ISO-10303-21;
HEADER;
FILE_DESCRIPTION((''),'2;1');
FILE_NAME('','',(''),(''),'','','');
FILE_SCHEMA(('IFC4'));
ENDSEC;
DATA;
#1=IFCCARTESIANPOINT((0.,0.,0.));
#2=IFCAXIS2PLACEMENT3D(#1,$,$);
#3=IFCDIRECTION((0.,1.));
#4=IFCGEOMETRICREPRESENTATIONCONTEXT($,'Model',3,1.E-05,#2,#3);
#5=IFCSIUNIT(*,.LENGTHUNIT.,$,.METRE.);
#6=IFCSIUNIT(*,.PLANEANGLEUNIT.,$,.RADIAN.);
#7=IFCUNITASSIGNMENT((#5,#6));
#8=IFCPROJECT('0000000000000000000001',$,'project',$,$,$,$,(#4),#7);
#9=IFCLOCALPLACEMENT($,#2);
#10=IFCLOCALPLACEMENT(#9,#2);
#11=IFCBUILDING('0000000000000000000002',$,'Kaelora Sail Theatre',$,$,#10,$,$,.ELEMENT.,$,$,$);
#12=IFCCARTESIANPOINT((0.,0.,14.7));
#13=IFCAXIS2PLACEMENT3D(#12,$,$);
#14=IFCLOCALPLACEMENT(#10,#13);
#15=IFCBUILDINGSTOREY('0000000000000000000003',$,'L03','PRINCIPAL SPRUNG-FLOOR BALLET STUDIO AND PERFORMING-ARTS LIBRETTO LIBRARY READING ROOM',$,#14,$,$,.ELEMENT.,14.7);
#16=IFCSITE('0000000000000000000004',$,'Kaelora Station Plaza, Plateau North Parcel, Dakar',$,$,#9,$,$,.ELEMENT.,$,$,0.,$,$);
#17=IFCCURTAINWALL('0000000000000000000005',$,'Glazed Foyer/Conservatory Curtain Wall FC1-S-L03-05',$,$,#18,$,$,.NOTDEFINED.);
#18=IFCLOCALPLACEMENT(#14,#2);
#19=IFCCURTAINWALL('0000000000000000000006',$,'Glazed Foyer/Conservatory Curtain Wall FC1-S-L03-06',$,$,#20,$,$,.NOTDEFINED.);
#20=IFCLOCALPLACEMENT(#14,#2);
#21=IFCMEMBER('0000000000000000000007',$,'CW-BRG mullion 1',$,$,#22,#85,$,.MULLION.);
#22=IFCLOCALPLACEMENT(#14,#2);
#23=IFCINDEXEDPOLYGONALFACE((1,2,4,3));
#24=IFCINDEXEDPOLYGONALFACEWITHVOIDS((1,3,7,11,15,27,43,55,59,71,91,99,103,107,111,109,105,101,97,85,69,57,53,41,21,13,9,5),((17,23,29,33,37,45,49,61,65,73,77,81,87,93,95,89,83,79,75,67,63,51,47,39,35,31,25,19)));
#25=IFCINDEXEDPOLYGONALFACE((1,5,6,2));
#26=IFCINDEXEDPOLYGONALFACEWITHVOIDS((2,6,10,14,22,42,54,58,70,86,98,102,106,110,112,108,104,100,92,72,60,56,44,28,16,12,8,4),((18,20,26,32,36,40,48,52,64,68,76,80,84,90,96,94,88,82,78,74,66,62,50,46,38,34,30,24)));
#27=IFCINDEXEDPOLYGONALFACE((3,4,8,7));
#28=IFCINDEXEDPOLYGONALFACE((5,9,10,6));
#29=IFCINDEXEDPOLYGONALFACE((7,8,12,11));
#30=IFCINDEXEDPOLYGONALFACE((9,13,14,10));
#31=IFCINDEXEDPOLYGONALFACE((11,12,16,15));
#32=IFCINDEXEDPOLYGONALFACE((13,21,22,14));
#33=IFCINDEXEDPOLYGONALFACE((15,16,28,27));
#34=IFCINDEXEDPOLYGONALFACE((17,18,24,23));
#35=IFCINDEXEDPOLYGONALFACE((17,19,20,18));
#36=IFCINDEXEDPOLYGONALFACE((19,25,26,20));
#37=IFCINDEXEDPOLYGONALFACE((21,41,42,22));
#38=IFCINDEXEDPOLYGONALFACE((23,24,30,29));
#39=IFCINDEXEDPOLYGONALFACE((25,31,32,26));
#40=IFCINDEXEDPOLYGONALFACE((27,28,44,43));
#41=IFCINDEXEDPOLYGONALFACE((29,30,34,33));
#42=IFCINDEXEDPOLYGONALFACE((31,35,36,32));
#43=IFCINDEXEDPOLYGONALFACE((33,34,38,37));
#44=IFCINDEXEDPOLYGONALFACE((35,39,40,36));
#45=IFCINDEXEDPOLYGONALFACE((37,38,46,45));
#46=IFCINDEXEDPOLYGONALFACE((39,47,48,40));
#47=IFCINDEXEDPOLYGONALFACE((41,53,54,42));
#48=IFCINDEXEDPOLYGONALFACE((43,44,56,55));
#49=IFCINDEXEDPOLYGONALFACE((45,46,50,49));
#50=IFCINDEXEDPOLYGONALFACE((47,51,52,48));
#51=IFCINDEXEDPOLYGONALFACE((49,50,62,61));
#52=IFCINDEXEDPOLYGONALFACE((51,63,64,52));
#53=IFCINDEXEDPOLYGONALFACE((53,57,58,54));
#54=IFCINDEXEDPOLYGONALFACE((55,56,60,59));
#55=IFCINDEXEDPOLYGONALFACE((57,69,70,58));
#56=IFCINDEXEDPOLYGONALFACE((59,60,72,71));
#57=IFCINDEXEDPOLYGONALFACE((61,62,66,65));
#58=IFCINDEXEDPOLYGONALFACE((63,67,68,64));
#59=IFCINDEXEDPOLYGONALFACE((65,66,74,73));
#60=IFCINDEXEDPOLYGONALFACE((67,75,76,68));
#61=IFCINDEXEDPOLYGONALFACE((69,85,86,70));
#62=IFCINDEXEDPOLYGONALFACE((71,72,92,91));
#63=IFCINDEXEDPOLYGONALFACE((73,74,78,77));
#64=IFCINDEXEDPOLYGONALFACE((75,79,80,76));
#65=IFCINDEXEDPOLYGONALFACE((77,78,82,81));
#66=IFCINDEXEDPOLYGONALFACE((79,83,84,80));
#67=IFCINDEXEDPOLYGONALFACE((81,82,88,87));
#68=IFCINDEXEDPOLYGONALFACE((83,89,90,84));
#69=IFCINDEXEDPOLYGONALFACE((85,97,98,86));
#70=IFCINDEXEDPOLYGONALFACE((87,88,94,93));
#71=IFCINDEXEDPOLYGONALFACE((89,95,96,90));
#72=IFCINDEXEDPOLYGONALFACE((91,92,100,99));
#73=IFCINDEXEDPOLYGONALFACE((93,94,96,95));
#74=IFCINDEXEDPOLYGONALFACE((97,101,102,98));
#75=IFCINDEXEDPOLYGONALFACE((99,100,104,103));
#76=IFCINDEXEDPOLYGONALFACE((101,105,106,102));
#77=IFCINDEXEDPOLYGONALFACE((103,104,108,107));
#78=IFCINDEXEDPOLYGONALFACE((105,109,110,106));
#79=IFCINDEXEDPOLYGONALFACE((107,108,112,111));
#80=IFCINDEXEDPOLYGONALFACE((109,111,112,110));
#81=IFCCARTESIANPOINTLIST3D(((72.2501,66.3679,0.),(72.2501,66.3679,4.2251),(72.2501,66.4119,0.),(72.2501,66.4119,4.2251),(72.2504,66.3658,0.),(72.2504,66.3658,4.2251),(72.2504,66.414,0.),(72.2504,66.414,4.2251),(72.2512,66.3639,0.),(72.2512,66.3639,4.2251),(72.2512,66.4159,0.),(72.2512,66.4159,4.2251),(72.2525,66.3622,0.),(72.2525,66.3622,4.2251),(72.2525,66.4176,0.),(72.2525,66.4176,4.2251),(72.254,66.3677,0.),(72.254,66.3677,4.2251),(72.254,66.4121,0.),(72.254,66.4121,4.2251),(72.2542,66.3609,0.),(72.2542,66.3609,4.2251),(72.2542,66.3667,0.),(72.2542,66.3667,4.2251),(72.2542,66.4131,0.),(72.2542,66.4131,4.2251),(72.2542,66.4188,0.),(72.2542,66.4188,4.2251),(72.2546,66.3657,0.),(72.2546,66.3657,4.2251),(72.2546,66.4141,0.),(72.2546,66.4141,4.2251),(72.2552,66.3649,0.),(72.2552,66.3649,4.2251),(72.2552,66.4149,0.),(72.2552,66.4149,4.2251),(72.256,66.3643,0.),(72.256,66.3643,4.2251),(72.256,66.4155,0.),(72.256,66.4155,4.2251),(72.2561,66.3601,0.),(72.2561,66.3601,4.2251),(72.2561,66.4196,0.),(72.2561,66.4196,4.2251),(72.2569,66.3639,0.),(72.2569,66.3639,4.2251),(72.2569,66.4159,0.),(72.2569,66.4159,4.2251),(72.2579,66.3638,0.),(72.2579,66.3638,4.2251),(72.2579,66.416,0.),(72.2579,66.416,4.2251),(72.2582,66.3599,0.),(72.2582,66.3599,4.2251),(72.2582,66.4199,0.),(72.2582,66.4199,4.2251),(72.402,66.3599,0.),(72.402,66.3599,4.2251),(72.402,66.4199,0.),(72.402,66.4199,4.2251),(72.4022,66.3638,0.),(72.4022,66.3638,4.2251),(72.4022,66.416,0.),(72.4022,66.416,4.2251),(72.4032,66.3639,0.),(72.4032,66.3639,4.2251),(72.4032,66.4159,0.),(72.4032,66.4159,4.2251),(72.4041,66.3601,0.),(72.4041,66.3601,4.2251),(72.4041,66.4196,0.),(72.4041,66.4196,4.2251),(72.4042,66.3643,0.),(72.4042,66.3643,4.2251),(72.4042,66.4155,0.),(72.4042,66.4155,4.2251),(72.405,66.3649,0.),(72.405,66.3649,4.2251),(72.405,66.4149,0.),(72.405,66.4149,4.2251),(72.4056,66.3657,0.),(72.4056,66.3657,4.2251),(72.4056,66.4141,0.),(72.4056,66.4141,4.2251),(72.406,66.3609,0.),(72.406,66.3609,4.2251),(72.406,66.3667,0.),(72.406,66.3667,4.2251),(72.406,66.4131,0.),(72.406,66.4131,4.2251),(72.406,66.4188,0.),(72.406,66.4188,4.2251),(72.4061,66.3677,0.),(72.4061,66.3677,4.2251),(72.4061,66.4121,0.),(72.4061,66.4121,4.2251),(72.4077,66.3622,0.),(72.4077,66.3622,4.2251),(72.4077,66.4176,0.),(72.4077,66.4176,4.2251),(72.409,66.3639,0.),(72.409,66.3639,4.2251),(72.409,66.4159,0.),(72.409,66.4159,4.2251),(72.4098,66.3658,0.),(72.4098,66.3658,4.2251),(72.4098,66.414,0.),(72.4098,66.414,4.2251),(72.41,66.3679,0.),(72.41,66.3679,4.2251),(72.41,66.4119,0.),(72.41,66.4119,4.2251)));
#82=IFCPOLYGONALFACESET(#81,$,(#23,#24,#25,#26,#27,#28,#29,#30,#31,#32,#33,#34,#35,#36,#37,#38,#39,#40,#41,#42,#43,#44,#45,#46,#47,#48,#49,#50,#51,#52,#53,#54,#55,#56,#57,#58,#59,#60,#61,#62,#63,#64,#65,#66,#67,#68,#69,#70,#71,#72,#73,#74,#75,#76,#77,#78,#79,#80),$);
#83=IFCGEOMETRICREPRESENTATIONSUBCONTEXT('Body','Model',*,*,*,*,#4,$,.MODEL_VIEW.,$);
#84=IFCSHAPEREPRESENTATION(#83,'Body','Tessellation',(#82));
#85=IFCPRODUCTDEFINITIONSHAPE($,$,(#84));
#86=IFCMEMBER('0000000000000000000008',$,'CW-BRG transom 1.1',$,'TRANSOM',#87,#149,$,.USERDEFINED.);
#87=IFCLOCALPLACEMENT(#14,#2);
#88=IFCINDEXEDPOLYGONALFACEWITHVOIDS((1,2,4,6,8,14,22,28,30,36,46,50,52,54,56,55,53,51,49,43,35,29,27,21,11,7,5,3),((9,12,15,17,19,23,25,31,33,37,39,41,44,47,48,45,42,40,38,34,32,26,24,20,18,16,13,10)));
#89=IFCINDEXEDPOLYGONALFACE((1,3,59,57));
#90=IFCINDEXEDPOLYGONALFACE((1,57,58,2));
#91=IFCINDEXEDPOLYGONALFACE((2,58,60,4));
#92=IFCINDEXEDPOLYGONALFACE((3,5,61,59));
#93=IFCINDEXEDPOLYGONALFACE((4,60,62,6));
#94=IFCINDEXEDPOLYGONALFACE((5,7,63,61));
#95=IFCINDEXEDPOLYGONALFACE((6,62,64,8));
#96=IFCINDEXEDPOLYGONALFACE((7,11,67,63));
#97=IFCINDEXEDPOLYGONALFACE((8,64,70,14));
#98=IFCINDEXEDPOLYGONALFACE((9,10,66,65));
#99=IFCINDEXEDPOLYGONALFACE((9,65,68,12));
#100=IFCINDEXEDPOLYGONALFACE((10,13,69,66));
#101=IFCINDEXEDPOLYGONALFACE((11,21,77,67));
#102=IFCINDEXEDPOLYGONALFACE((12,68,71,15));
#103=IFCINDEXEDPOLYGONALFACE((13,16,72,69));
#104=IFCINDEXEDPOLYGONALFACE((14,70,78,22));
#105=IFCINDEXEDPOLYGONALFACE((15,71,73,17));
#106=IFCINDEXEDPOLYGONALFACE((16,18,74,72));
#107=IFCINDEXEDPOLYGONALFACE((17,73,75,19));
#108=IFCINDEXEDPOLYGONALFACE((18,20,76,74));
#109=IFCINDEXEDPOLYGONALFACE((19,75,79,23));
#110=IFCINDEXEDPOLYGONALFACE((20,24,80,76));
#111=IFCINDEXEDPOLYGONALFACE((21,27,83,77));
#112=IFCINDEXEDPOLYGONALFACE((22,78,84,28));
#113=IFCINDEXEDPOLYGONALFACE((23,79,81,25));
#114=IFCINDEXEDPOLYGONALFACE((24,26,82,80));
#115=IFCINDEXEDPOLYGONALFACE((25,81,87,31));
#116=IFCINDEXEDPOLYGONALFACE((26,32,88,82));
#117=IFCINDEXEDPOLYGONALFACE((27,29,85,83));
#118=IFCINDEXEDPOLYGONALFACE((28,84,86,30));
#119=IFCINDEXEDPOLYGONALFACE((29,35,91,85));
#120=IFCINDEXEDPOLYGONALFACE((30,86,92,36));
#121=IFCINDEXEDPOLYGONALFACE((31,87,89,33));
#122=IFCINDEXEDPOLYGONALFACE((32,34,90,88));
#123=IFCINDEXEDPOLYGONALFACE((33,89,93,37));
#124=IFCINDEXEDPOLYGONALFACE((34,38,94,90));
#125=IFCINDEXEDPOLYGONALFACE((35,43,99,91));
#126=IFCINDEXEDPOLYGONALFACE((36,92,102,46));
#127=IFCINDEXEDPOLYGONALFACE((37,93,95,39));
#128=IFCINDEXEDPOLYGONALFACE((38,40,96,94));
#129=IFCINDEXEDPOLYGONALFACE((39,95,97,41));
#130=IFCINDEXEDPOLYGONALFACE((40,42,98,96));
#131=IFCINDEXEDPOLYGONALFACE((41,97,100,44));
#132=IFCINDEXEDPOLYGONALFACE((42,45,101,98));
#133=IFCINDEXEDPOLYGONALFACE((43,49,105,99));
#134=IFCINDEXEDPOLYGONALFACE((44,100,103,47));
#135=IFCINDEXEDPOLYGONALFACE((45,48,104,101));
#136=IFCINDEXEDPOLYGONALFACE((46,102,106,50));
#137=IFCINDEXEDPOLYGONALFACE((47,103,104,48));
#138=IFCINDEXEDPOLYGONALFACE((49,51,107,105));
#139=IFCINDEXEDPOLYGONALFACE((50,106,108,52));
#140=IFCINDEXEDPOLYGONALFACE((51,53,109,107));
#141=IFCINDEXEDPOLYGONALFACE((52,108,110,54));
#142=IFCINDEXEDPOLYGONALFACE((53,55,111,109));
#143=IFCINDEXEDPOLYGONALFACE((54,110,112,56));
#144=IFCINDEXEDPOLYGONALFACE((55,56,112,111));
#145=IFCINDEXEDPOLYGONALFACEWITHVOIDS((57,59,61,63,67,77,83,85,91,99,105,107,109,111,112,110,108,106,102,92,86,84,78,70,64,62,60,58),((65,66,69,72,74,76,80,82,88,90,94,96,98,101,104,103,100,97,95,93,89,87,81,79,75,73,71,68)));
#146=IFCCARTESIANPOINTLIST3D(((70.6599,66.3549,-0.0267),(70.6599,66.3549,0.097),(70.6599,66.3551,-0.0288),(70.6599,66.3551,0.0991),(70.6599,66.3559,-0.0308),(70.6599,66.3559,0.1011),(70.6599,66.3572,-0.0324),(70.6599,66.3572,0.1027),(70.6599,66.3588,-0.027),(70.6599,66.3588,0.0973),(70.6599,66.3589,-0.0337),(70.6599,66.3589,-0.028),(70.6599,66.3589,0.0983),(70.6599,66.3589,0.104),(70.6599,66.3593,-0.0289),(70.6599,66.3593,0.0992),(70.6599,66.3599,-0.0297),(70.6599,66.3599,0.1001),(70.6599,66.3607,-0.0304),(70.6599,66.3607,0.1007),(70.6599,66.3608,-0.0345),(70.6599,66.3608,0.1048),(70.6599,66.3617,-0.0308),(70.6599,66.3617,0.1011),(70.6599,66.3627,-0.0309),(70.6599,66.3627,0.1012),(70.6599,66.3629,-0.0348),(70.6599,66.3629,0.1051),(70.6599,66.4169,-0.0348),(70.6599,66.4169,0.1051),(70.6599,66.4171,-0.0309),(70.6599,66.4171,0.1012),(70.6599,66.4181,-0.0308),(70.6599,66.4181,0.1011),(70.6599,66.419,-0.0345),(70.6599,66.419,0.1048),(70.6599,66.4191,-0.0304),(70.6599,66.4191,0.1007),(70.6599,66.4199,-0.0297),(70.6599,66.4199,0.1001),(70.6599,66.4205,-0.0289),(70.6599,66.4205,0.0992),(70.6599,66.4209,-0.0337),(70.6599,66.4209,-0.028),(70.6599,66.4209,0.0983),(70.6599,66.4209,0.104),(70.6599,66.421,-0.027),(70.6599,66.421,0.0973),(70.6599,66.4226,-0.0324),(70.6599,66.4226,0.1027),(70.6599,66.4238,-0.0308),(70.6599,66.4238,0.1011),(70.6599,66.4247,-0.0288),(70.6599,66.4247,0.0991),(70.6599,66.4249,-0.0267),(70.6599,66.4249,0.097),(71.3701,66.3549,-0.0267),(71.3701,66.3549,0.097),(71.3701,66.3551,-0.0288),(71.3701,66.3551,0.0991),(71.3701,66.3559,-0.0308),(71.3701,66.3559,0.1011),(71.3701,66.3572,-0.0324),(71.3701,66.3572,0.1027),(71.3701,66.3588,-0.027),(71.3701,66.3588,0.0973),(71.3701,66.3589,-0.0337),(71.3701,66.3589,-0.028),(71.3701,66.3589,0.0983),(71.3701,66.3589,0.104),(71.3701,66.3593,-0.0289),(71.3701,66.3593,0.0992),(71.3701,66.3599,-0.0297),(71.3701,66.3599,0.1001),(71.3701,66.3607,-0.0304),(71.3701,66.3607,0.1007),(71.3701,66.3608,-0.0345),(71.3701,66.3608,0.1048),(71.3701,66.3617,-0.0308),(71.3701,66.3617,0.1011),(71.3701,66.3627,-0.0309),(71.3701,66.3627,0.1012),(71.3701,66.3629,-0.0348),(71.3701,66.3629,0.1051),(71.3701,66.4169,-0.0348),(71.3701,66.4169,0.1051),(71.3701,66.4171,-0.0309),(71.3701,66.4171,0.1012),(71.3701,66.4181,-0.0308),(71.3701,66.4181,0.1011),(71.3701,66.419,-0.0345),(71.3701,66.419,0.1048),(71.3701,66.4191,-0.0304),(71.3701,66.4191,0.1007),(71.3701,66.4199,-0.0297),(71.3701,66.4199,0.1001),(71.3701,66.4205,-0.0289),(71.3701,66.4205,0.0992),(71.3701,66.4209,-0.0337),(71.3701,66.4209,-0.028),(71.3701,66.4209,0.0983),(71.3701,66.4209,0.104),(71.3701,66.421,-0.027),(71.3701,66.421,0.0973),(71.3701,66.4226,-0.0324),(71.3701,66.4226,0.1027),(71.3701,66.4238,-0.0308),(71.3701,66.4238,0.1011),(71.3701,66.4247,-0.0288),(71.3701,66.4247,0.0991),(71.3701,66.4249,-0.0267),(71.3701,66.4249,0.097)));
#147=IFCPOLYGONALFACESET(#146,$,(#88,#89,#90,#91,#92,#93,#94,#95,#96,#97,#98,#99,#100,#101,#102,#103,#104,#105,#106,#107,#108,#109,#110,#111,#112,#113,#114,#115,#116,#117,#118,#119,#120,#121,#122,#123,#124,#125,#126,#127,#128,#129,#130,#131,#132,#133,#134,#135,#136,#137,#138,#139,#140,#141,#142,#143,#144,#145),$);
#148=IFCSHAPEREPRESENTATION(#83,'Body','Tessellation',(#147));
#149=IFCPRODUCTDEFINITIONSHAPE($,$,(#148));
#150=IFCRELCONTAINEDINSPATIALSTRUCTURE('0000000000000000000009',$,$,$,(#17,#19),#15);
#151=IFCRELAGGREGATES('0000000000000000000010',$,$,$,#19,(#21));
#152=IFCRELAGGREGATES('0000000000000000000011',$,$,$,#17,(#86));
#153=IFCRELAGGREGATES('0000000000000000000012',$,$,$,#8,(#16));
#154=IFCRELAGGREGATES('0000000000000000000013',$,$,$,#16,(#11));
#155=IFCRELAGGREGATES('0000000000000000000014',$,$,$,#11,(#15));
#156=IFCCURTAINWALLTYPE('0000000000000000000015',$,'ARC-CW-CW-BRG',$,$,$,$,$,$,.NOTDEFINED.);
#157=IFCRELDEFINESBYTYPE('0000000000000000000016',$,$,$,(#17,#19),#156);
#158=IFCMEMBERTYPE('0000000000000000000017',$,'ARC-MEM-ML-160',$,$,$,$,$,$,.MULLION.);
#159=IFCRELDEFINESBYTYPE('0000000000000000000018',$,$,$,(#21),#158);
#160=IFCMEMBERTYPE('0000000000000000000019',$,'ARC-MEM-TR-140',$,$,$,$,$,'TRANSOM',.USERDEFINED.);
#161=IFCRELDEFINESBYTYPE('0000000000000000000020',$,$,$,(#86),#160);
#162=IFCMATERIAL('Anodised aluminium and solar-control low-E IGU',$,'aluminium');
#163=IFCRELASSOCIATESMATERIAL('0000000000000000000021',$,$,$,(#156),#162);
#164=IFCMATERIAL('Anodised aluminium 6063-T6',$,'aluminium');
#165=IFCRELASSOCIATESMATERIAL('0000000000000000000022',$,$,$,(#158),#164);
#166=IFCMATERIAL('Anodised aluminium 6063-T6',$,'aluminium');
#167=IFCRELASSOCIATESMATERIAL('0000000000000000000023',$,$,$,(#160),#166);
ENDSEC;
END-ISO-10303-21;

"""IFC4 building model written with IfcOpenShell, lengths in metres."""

from ifc_helpers import new_model, si_unit, direction, frame, origin, origin_2d, place, context, subcontext, project, spatial, hollow_rectangle, extrude, material, material_profile, profile_set, type_object, element, aggregate, save


model = new_model("IFC4")

# Units and contexts
model_context = context("Model", 3, precision=1e-05, world=origin(), true_north=direction((0.0, 1.0)))
body_context = subcontext(model_context, "Body", "Model", "MODEL_VIEW")
ifc_project = project(units=[si_unit("LENGTHUNIT", "METRE"), si_unit("PLANEANGLEUNIT", "RADIAN")], contexts=[model_context])

# Site, building, storey
site_placement = place(None, origin())
site = spatial("IfcSite", under=ifc_project, at=site_placement, Name="Kaelora Station Plaza, Plateau North Parcel, Dakar", CompositionType="ELEMENT", RefElevation=0.0)
building_placement = place(site_placement, origin())
building = spatial("IfcBuilding", under=site, at=building_placement, Name="Kaelora Sail Theatre", CompositionType="ELEMENT")
storey_placement = place(building_placement, frame((0.0, 0.0, 14.7)))
storey = spatial("IfcBuildingStorey", under=building, at=storey_placement, Name="L03", Description="PRINCIPAL SPRUNG-FLOOR BALLET STUDIO AND PERFORMING-ARTS LIBRETTO LIBRARY READING ROOM", CompositionType="ELEMENT", Elevation=14.7)

# Curtain wall
ifc_material_1 = material(Name="Anodised aluminium and solar-control low-E IGU", Category="aluminium")
curtain_wall_type = type_object("IfcCurtainWallType", Name="ARC-CW-CW-BRG", PredefinedType="NOTDEFINED", material=ifc_material_1)
curtain_wall_1_placement = place(storey_placement, origin())
curtain_wall_1 = element("IfcCurtainWall", 1, at=curtain_wall_1_placement, inside=storey, type_object=curtain_wall_type, Name="Glazed Foyer/Conservatory Curtain Wall FC1-S-L03-05", PredefinedType="NOTDEFINED")
ifc_material_2 = material(Name="Anodised aluminium 6063-T6", Category="aluminium")
ifc_material_profile_1 = material_profile(ifc_material_2, hollow_rectangle(XDim=0.0601, YDim=0.1599, WallThickness=0.0039, InnerFilletRadius=0.0039, OuterFilletRadius=0.0081, at=origin_2d()), Name="ALU-MULL 60x160x4")
ifc_profile_set_1 = profile_set([ifc_material_profile_1], Name="Anodised aluminium 6063-T6")
member_type_1 = type_object("IfcMemberType", Name="ARC-MEM-ML-160", PredefinedType="MULLION", material=ifc_profile_set_1)

# Curtain wall, member
curtain_wall_2_placement = place(storey_placement, origin())
curtain_wall_2 = element("IfcCurtainWall", 2, at=curtain_wall_2_placement, inside=storey, type_object=curtain_wall_type, Name="Glazed Foyer/Conservatory Curtain Wall FC1-S-L03-06", PredefinedType="NOTDEFINED")
member_1_placement = place(storey_placement, frame((72.3301, 66.3899, 0.0), z_axis=(0.0, 0.0, 1.0), x_axis=(0.0, 1.0, 0.0)))
member_1 = element("IfcMember", 3, at=member_1_placement, type_object=member_type_1, Name="CW-BRG mullion 1", PredefinedType="MULLION", context=body_context, shape_type="SweptSolid", body=[
    extrude(hollow_rectangle(XDim=0.0601, YDim=0.1599, WallThickness=0.0039, InnerFilletRadius=0.0039, OuterFilletRadius=0.0081, at=origin_2d()), origin(), (0.0, 0.0, 1.0), 4.2251),
])

# Member
ifc_material_3 = material(Name="Anodised aluminium 6063-T6", Category="aluminium")
ifc_material_profile_2 = material_profile(ifc_material_3, hollow_rectangle(XDim=0.0701, YDim=0.1399, WallThickness=0.0039, InnerFilletRadius=0.0039, OuterFilletRadius=0.0081, at=origin_2d()), Name="ALU-TRAN 70x140x4")
ifc_profile_set_2 = profile_set([ifc_material_profile_2], Name="Anodised aluminium 6063-T6")
member_type_2 = type_object("IfcMemberType", Name="ARC-MEM-TR-140", ElementType="TRANSOM", PredefinedType="USERDEFINED", material=ifc_profile_set_2)
member_2_placement = place(storey_placement, frame((70.6599, 66.3899, 0.0352), z_axis=(1.0, 0.0, 0.0), x_axis=(0.0, 1.0, 0.0)))
member_2 = element("IfcMember", 4, at=member_2_placement, type_object=member_type_2, Name="CW-BRG transom 1.1", ObjectType="TRANSOM", PredefinedType="USERDEFINED", context=body_context, shape_type="SweptSolid", body=[
    extrude(hollow_rectangle(XDim=0.0701, YDim=0.1399, WallThickness=0.0039, InnerFilletRadius=0.0039, OuterFilletRadius=0.0081, at=origin_2d()), origin(), (0.0, 0.0, 1.0), 0.7102),
])
aggregate(curtain_wall_2, [member_1])

aggregate(curtain_wall_1, [member_2])

save(model, "model.ifc")
